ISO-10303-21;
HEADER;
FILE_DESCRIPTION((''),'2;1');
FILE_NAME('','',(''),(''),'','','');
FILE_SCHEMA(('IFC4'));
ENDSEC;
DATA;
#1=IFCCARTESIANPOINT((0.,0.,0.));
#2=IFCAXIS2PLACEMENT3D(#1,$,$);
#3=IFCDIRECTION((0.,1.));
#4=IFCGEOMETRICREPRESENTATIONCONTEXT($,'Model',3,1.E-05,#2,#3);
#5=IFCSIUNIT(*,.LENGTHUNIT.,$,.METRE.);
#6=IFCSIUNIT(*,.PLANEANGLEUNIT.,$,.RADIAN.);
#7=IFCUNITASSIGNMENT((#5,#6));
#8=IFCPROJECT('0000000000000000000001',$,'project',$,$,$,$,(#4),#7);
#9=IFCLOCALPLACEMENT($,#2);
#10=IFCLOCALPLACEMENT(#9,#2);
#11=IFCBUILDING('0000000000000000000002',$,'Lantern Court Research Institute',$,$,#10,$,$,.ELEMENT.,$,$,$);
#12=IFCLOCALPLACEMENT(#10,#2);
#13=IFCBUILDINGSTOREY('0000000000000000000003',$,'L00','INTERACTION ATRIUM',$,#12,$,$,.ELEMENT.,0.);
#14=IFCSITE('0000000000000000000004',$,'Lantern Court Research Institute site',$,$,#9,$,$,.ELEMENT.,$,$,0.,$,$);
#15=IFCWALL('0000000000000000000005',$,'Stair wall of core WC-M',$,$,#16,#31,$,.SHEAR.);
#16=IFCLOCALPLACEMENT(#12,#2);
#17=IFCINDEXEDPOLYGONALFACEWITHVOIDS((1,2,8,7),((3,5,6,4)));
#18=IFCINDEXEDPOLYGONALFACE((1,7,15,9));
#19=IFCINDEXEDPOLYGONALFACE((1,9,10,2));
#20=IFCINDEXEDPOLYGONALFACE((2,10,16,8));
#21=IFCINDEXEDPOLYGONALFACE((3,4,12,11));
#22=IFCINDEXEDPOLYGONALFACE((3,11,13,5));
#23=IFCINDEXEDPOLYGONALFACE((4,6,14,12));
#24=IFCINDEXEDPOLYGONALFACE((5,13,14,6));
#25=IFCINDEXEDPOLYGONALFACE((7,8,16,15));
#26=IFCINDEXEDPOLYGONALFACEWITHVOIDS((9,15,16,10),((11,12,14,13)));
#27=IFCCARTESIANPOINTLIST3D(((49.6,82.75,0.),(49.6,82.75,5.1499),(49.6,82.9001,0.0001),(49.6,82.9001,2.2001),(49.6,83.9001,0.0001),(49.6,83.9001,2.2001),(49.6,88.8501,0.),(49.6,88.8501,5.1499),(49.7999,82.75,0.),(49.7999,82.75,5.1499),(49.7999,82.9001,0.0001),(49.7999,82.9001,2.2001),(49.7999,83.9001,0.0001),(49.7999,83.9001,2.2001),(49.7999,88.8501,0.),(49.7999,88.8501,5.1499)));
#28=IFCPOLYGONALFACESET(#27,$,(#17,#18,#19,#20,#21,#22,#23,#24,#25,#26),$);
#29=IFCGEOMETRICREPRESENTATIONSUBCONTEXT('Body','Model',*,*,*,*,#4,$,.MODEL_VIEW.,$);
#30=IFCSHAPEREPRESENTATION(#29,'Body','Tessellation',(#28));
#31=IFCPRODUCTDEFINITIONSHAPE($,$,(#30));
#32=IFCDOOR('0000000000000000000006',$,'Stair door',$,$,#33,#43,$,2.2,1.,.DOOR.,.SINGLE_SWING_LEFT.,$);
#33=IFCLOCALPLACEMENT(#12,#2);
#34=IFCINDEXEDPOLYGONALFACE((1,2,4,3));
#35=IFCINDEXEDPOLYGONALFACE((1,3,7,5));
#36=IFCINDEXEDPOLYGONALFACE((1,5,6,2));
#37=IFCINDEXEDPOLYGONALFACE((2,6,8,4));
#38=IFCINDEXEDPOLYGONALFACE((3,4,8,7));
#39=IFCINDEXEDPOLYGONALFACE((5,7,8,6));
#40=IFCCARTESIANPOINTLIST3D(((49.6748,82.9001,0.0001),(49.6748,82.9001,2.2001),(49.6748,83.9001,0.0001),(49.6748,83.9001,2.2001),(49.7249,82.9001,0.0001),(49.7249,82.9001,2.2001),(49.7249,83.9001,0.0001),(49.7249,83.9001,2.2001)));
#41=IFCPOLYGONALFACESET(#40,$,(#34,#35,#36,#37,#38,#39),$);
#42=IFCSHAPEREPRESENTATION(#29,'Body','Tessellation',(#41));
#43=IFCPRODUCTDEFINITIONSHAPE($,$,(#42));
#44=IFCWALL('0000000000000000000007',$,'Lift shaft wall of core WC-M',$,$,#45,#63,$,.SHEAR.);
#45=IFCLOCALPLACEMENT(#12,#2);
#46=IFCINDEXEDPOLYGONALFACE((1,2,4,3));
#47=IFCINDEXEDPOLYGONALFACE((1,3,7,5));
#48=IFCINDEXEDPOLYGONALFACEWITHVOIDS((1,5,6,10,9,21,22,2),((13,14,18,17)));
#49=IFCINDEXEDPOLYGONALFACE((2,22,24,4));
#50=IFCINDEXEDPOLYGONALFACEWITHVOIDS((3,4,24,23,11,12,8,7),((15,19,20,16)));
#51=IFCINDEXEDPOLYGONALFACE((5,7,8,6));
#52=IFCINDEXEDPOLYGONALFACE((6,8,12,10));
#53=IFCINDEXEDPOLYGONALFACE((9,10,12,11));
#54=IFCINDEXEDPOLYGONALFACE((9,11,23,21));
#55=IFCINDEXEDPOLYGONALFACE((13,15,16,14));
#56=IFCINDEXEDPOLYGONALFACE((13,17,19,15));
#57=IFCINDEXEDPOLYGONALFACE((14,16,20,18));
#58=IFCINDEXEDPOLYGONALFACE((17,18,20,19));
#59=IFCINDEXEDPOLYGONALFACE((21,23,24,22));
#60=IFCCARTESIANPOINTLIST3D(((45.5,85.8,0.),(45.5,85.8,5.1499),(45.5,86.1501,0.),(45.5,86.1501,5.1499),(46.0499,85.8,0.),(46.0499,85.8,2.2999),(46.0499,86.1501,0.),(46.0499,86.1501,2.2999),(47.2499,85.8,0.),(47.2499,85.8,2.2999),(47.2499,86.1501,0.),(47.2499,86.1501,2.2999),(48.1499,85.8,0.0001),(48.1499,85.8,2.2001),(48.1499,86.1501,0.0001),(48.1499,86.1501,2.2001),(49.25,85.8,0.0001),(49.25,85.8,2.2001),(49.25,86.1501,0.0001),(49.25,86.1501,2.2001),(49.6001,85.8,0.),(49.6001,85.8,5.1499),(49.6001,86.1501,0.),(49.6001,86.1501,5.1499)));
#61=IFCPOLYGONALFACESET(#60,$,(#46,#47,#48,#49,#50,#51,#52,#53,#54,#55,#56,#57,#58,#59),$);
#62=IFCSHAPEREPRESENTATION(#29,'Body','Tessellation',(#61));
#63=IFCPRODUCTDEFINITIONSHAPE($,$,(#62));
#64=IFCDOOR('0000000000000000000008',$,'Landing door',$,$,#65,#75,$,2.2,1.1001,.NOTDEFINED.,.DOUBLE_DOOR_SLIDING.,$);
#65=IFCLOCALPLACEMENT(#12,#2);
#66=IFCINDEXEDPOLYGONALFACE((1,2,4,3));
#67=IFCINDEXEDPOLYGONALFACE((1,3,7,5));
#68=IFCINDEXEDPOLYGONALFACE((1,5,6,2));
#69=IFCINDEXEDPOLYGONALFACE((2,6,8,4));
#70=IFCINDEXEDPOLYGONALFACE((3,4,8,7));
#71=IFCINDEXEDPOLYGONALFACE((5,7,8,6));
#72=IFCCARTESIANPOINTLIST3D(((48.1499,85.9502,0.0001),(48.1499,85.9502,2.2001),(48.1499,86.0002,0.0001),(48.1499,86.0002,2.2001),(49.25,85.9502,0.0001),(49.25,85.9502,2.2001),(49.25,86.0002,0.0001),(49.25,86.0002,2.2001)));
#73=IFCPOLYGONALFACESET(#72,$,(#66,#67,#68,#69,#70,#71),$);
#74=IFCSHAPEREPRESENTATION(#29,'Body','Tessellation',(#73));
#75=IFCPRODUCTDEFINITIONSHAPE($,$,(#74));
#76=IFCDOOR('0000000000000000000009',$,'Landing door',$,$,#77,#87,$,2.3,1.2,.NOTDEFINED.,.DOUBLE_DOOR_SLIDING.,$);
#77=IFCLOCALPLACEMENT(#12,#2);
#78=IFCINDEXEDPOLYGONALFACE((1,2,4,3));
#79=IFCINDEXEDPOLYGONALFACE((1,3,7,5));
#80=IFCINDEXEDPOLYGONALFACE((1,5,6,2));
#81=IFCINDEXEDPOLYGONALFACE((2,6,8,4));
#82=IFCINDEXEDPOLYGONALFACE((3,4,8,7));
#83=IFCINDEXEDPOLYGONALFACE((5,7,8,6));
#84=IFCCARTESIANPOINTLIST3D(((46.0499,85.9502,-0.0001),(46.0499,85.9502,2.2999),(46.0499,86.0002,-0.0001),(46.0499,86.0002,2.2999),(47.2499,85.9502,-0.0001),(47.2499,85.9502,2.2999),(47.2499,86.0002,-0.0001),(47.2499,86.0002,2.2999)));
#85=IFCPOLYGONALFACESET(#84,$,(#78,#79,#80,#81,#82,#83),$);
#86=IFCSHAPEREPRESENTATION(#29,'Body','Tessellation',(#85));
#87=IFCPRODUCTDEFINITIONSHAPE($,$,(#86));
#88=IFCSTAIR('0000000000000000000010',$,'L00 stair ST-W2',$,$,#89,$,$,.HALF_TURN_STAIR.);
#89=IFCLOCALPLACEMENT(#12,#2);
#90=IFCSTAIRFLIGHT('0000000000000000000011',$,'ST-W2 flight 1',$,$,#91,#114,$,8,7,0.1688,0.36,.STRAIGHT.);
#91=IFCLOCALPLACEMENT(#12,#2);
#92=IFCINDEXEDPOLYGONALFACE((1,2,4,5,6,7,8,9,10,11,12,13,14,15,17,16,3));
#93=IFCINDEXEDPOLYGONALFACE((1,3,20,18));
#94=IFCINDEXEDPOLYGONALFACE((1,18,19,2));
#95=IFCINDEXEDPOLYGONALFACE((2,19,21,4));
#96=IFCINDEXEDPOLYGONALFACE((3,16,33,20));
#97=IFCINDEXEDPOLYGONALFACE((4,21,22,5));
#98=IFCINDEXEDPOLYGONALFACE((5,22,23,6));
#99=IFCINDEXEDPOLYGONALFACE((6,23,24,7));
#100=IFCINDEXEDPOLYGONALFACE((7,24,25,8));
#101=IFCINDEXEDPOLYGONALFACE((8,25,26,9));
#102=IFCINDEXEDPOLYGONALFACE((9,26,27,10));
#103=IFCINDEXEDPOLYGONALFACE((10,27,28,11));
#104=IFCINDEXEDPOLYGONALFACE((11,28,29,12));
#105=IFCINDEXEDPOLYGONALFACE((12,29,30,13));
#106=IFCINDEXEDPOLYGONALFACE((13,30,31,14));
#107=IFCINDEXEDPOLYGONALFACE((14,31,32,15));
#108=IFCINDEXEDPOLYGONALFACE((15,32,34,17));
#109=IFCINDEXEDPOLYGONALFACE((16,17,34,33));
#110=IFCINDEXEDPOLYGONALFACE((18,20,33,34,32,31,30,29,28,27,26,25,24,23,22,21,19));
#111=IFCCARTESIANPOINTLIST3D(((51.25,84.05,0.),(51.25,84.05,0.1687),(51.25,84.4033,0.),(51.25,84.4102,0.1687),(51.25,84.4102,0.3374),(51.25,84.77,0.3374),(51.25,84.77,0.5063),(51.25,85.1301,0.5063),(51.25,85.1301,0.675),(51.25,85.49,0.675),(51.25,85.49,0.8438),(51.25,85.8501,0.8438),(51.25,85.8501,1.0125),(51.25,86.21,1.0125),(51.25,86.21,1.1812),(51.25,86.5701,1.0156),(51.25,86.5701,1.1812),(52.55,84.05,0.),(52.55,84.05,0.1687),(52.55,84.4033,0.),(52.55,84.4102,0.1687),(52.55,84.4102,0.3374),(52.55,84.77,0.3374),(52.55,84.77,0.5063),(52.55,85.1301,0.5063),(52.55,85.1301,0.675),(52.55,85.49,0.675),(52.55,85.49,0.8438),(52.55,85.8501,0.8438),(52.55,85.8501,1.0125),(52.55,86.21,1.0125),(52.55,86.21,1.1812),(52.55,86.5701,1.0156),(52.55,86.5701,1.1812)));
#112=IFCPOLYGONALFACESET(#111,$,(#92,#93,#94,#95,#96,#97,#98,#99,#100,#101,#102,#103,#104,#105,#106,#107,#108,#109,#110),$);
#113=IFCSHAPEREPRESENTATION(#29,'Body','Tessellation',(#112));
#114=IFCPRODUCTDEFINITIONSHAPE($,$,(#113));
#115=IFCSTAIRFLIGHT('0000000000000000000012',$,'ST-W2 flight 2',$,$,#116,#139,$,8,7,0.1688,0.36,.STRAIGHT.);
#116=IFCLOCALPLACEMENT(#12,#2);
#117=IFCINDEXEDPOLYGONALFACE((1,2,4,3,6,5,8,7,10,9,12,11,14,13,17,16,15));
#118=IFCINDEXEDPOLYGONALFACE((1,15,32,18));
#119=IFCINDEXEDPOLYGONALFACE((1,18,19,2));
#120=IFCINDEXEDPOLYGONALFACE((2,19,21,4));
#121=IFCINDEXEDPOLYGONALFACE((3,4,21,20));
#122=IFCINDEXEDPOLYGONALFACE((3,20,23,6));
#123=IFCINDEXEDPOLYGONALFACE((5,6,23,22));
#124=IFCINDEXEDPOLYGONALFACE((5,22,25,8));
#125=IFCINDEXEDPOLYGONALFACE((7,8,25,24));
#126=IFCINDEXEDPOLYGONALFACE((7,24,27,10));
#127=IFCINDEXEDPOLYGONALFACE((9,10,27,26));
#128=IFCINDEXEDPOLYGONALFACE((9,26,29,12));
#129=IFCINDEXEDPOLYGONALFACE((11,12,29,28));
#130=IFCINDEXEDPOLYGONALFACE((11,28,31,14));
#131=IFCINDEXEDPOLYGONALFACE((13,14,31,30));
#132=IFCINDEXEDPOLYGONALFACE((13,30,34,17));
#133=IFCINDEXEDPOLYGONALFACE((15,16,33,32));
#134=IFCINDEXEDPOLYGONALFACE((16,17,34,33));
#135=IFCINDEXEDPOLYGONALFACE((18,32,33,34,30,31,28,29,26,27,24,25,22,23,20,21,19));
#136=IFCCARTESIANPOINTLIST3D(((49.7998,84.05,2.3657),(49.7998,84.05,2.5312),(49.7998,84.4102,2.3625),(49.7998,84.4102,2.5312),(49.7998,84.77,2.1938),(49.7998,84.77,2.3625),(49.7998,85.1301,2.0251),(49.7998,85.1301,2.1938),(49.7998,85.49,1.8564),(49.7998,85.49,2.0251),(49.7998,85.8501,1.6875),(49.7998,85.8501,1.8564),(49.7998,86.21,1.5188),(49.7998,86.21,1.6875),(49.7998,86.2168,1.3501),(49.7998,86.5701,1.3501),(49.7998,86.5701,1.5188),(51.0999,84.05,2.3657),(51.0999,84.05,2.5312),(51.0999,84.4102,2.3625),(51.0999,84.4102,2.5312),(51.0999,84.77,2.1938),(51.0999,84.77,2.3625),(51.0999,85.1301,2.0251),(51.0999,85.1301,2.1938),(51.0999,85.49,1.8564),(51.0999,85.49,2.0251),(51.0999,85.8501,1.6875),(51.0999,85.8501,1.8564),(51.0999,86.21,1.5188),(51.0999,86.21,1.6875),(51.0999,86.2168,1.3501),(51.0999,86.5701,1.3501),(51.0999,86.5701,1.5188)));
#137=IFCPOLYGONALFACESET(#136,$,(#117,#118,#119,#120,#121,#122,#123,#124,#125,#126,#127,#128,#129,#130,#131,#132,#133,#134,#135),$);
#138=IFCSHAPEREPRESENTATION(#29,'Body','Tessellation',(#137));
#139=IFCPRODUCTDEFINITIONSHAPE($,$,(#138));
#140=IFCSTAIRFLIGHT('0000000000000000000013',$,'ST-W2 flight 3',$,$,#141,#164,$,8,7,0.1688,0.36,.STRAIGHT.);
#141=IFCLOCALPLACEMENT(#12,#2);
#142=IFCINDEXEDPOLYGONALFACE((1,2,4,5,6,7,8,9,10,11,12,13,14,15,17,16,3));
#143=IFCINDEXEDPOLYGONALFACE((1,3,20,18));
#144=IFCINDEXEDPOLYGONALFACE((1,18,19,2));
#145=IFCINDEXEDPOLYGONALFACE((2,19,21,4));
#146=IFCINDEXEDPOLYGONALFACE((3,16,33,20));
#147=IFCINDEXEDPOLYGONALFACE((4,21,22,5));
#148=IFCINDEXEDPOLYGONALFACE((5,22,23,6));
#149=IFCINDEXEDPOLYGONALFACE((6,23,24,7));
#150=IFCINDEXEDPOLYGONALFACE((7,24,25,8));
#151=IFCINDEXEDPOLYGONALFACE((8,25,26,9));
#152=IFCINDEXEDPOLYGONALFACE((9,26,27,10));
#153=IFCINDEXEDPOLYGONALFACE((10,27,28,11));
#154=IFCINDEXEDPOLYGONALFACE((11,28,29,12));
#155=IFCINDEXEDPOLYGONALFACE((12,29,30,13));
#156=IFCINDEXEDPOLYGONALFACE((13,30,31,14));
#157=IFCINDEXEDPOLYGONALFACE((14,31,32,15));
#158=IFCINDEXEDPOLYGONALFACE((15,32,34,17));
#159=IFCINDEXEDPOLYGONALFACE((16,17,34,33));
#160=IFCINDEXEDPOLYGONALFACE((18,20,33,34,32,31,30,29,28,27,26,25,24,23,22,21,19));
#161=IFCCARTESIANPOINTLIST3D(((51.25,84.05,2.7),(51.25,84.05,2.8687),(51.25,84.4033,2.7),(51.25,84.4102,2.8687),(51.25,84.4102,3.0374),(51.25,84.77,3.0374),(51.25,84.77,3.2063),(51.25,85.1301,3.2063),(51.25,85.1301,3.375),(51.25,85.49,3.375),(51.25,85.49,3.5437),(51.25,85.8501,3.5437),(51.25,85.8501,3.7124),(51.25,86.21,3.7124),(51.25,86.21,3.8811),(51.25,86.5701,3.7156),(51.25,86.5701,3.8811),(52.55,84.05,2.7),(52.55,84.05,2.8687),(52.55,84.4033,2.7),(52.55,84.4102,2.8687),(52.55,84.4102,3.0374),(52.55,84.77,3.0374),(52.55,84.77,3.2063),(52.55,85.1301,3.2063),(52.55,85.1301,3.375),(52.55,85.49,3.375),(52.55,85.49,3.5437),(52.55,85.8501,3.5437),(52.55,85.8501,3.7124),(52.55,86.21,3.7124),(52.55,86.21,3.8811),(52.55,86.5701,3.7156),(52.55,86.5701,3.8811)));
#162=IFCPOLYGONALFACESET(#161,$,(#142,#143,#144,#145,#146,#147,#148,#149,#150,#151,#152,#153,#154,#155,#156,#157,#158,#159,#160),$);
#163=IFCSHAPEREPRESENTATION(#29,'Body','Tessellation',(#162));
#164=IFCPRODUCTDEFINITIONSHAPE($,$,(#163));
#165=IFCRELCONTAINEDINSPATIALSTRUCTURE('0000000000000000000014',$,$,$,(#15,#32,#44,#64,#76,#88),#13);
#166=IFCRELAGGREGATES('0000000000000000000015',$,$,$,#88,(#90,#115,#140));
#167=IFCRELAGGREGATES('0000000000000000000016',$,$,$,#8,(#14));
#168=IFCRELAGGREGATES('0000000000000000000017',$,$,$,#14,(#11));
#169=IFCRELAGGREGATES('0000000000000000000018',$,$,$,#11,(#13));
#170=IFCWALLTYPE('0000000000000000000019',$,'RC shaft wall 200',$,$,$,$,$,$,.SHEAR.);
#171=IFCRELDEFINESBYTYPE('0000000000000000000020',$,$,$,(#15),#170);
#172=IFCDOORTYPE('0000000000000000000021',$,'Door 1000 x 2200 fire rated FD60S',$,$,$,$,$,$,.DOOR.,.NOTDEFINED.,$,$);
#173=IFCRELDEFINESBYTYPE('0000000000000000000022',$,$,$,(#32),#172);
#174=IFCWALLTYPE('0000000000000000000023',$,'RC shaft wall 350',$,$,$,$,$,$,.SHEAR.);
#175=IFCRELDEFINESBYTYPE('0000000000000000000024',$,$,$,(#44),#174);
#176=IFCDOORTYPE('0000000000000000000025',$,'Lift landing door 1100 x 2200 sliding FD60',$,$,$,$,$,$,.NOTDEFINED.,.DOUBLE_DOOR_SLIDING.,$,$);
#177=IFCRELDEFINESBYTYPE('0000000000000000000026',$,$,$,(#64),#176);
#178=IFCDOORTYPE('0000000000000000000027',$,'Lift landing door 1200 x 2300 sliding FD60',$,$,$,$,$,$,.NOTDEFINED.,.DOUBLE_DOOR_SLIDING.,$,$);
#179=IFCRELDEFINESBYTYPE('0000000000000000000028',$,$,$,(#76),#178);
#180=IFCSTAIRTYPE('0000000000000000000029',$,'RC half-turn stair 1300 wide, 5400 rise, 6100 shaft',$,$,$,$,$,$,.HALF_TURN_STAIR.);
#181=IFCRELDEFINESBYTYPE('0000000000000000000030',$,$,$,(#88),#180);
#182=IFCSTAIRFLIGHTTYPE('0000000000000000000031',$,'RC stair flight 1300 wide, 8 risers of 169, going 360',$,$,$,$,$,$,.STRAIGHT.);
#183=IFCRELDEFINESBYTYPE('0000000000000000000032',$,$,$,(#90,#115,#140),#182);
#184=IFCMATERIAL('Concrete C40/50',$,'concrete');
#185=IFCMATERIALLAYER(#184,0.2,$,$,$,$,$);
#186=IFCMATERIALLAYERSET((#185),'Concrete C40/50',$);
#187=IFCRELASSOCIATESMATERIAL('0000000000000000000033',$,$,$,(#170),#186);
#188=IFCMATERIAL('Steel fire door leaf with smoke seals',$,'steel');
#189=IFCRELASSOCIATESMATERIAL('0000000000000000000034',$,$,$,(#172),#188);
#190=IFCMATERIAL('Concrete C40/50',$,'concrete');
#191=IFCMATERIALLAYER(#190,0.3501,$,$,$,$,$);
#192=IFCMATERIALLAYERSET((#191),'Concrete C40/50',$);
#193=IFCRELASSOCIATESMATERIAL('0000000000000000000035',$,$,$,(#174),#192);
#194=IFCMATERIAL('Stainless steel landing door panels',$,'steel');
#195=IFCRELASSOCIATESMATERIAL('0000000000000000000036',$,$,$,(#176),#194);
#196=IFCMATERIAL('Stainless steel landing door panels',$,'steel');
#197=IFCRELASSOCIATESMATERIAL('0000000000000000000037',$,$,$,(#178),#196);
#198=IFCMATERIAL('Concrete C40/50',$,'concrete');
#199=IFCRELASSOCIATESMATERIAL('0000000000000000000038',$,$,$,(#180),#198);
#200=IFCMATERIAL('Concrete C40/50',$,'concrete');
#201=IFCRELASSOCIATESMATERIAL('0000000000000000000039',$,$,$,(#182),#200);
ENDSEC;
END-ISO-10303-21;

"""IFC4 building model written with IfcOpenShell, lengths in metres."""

from ifc_helpers import new_model, si_unit, direction, frame, frame_2d, origin, place, context, subcontext, project, spatial, polyline, rectangle, outline, extrude, material, layer, layer_set, type_object, element, fill, aggregate, save


model = new_model("IFC4")

# Units and contexts
model_context = context("Model", 3, precision=1e-05, world=origin(), true_north=direction((0.0, 1.0)))
body_context = subcontext(model_context, "Body", "Model", "MODEL_VIEW")
ifc_project = project(units=[si_unit("LENGTHUNIT", "METRE"), si_unit("PLANEANGLEUNIT", "RADIAN")], contexts=[model_context])

# Site, building, storey
site_placement = place(None, origin())
site = spatial("IfcSite", under=ifc_project, at=site_placement, Name="Lantern Court Research Institute site", CompositionType="ELEMENT", RefElevation=0.0)
building_placement = place(site_placement, origin())
building = spatial("IfcBuilding", under=site, at=building_placement, Name="Lantern Court Research Institute", CompositionType="ELEMENT")
storey_placement = place(building_placement, origin())
storey = spatial("IfcBuildingStorey", under=building, at=storey_placement, Name="L00", Description="INTERACTION ATRIUM", CompositionType="ELEMENT", Elevation=0.0)

# Wall, opening, door
ifc_material_1 = material(Name="Concrete C40/50", Category="concrete")
ifc_layer_1 = layer(ifc_material_1, 0.2)
ifc_layer_set_1 = layer_set([ifc_layer_1], Name="Concrete C40/50")
wall_type_1 = type_object("IfcWallType", Name="RC shaft wall 200", PredefinedType="SHEAR", material=ifc_layer_set_1)
wall_1_placement = place(storey_placement, frame((49.7, 88.8501, 0.0), z_axis=(0.0, 0.0, 1.0), x_axis=(0.0, -1.0, 0.0)))
wall_1 = element("IfcWall", 1, at=wall_1_placement, inside=storey, type_object=wall_type_1, Name="Stair wall of core WC-M", PredefinedType="SHEAR", context=body_context, shape_type="SweptSolid", body=[
    extrude(rectangle(XDim=6.1001, YDim=0.2, at=frame_2d((3.05, 0.0))), origin(), (0.0, 0.0, 1.0), 5.1499),
])
opening_1_placement = place(wall_1_placement, frame((4.95, 0.0, 0.0)))
opening_1 = element("IfcOpeningElement", 2, at=opening_1_placement, cuts=wall_1, PredefinedType="OPENING", context=body_context, shape_type="SweptSolid", body=[
    extrude(rectangle(XDim=1.0, YDim=2.2, at=frame_2d((0.5, 1.1001))), frame((0.0, 0.1099, 0.0), z_axis=(0.0, -1.0, 0.0), x_axis=(1.0, 0.0, 0.0)), (0.0, 0.0, 1.0), 0.22),
])
ifc_material_2 = material(Name="Steel fire door leaf with smoke seals", Category="steel")
door_type_1 = type_object("IfcDoorType", Name="Door 1000 x 2200 fire rated FD60S", OperationType="NOTDEFINED", PredefinedType="DOOR", material=ifc_material_2)
door_1_placement = place(opening_1_placement, origin())
door_1 = element("IfcDoor", 3, at=door_1_placement, inside=storey, type_object=door_type_1, Name="Stair door", OperationType="SINGLE_SWING_LEFT", OverallHeight=2.2, OverallWidth=1.0, PredefinedType="DOOR", context=body_context, shape_type="SweptSolid", body=[
    extrude(rectangle(XDim=1.0, YDim=2.2, at=frame_2d((0.5, 1.1001))), frame((0.0, 0.0249, 0.0), z_axis=(0.0, -1.0, 0.0), x_axis=(1.0, 0.0, 0.0)), (0.0, 0.0, 1.0), 0.05),
])
fill(opening_1, door_1)

# Wall, openings, doors
ifc_material_3 = material(Name="Concrete C40/50", Category="concrete")
ifc_layer_2 = layer(ifc_material_3, 0.3501)
ifc_layer_set_2 = layer_set([ifc_layer_2], Name="Concrete C40/50")
wall_type_2 = type_object("IfcWallType", Name="RC shaft wall 350", PredefinedType="SHEAR", material=ifc_layer_set_2)
wall_2_placement = place(storey_placement, frame((49.6001, 85.9751, 0.0), z_axis=(0.0, 0.0, 1.0), x_axis=(-1.0, 0.0, 0.0)))
wall_2 = element("IfcWall", 4, at=wall_2_placement, inside=storey, type_object=wall_type_2, Name="Lift shaft wall of core WC-M", PredefinedType="SHEAR", context=body_context, shape_type="SweptSolid", body=[
    extrude(rectangle(XDim=4.1001, YDim=0.3501, at=frame_2d((2.05, 0.0))), origin(), (0.0, 0.0, 1.0), 5.1499),
])
opening_2_placement = place(wall_2_placement, frame((0.3501, 0.0, 0.0)))
opening_2 = element("IfcOpeningElement", 5, at=opening_2_placement, cuts=wall_2, PredefinedType="OPENING", context=body_context, shape_type="SweptSolid", body=[
    extrude(rectangle(XDim=1.1001, YDim=2.2, at=frame_2d((0.55, 1.1001))), frame((0.0, 0.1851, 0.0), z_axis=(0.0, -1.0, 0.0), x_axis=(1.0, 0.0, 0.0)), (0.0, 0.0, 1.0), 0.3701),
])
opening_3_placement = place(wall_2_placement, frame((2.3501, 0.0, 0.0)))
opening_3 = element("IfcOpeningElement", 6, at=opening_3_placement, cuts=wall_2, PredefinedType="OPENING", context=body_context, shape_type="SweptSolid", body=[
    extrude(rectangle(XDim=1.2, YDim=2.3, at=frame_2d((0.6001, 1.1499))), frame((0.0, 0.1851, 0.0), z_axis=(0.0, -1.0, 0.0), x_axis=(1.0, 0.0, 0.0)), (0.0, 0.0, 1.0), 0.3701),
])
ifc_material_4 = material(Name="Stainless steel landing door panels", Category="steel")
door_type_2 = type_object("IfcDoorType", Name="Lift landing door 1100 x 2200 sliding FD60", OperationType="DOUBLE_DOOR_SLIDING", PredefinedType="NOTDEFINED", material=ifc_material_4)
door_2_placement = place(opening_2_placement, origin())
door_2 = element("IfcDoor", 7, at=door_2_placement, inside=storey, type_object=door_type_2, Name="Landing door", OperationType="DOUBLE_DOOR_SLIDING", OverallHeight=2.2, OverallWidth=1.1001, PredefinedType="NOTDEFINED", context=body_context, shape_type="SweptSolid", body=[
    extrude(rectangle(XDim=1.1001, YDim=2.2, at=frame_2d((0.55, 1.1001))), frame((0.0, 0.0249, 0.0), z_axis=(0.0, -1.0, 0.0), x_axis=(1.0, 0.0, 0.0)), (0.0, 0.0, 1.0), 0.05),
])
fill(opening_2, door_2)
ifc_material_5 = material(Name="Stainless steel landing door panels", Category="steel")
door_type_3 = type_object("IfcDoorType", Name="Lift landing door 1200 x 2300 sliding FD60", OperationType="DOUBLE_DOOR_SLIDING", PredefinedType="NOTDEFINED", material=ifc_material_5)
door_3_placement = place(opening_3_placement, origin())
door_3 = element("IfcDoor", 8, at=door_3_placement, inside=storey, type_object=door_type_3, Name="Landing door", OperationType="DOUBLE_DOOR_SLIDING", OverallHeight=2.3, OverallWidth=1.2, PredefinedType="NOTDEFINED", context=body_context, shape_type="SweptSolid", body=[
    extrude(rectangle(XDim=1.2, YDim=2.3, at=frame_2d((0.6001, 1.1499))), frame((0.0, 0.0249, 0.0), z_axis=(0.0, -1.0, 0.0), x_axis=(1.0, 0.0, 0.0)), (0.0, 0.0, 1.0), 0.05),
])
fill(opening_3, door_3)

# Stair, stair flights
ifc_material_6 = material(Name="Concrete C40/50", Category="concrete")
stair_type = type_object("IfcStairType", Name="RC half-turn stair 1300 wide, 5400 rise, 6100 shaft", PredefinedType="HALF_TURN_STAIR", material=ifc_material_6)
stair_placement = place(storey_placement, origin())
stair = element("IfcStair", 9, at=stair_placement, inside=storey, type_object=stair_type, Name="L00 stair ST-W2", PredefinedType="HALF_TURN_STAIR")
ifc_material_7 = material(Name="Concrete C40/50", Category="concrete")
stair_flight_type = type_object("IfcStairFlightType", Name="RC stair flight 1300 wide, 8 risers of 169, going 360", PredefinedType="STRAIGHT", material=ifc_material_7)
stair_flight_1_placement = place(storey_placement, frame((51.8999, 84.05, 0.0), z_axis=(0.0, 0.0, 1.0), x_axis=(0.0, 1.0, 0.0)))
stair_flight_1 = element("IfcStairFlight", 10, at=stair_flight_1_placement, type_object=stair_flight_type, Name="ST-W2 flight 1", NumberOfRisers=8, NumberOfTreads=7, PredefinedType="STRAIGHT", RiserHeight=0.1688, TreadLength=0.36, context=body_context, shape_type="SweptSolid", body=[
    extrude(outline(polyline([(0.0, 0.0), (0.0, 0.1687), (0.3601, 0.1687), (0.3601, 0.3374), (0.72, 0.3374), (0.72, 0.5063), (1.0801, 0.5063), (1.0801, 0.675), (1.4399, 0.675), (1.4399, 0.8438), (1.8, 0.8438), (1.8, 1.0125), (2.1599, 1.0125), (2.1599, 1.1812), (2.52, 1.1812), (2.52, 1.3501), (2.52, 1.0156), (0.3533, 0.0), (0.0, 0.0)])), frame((0.0, 0.6499, 0.0), z_axis=(0.0, -1.0, 0.0), x_axis=(1.0, 0.0, 0.0)), (0.0, 0.0, 1.0), 1.3),
])
stair_flight_2_placement = place(storey_placement, frame((50.45, 86.5701, 1.3501), z_axis=(0.0, 0.0, 1.0), x_axis=(0.0, -1.0, 0.0)))
stair_flight_2 = element("IfcStairFlight", 11, at=stair_flight_2_placement, type_object=stair_flight_type, Name="ST-W2 flight 2", NumberOfRisers=8, NumberOfTreads=7, PredefinedType="STRAIGHT", RiserHeight=0.1688, TreadLength=0.36, context=body_context, shape_type="SweptSolid", body=[
    extrude(outline(polyline([(0.0, 0.0), (0.0, 0.1687), (0.3601, 0.1687), (0.3601, 0.3374), (0.72, 0.3374), (0.72, 0.5063), (1.0801, 0.5063), (1.0801, 0.675), (1.4399, 0.675), (1.4399, 0.8438), (1.8, 0.8438), (1.8, 1.0125), (2.1599, 1.0125), (2.1599, 1.1812), (2.52, 1.1812), (2.52, 1.3501), (2.52, 1.0156), (0.3533, 0.0), (0.0, 0.0)])), frame((0.0, 0.6499, 0.0), z_axis=(0.0, -1.0, 0.0), x_axis=(1.0, 0.0, 0.0)), (0.0, 0.0, 1.0), 1.3),
])
stair_flight_3_placement = place(storey_placement, frame((51.8999, 84.05, 2.7), z_axis=(0.0, 0.0, 1.0), x_axis=(0.0, 1.0, 0.0)))
stair_flight_3 = element("IfcStairFlight", 12, at=stair_flight_3_placement, type_object=stair_flight_type, Name="ST-W2 flight 3", NumberOfRisers=8, NumberOfTreads=7, PredefinedType="STRAIGHT", RiserHeight=0.1688, TreadLength=0.36, context=body_context, shape_type="SweptSolid", body=[
    extrude(outline(polyline([(0.0, 0.0), (0.0, 0.1687), (0.3601, 0.1687), (0.3601, 0.3374), (0.72, 0.3374), (0.72, 0.5063), (1.0801, 0.5063), (1.0801, 0.675), (1.4399, 0.675), (1.4399, 0.8438), (1.8, 0.8438), (1.8, 1.0125), (2.1599, 1.0125), (2.1599, 1.1812), (2.52, 1.1812), (2.52, 1.3501), (2.52, 1.0156), (0.3533, 0.0), (0.0, 0.0)])), frame((0.0, 0.6499, 0.0), z_axis=(0.0, -1.0, 0.0), x_axis=(1.0, 0.0, 0.0)), (0.0, 0.0, 1.0), 1.3),
])
aggregate(stair, [stair_flight_1, stair_flight_2, stair_flight_3])

save(model, "model.ifc")
